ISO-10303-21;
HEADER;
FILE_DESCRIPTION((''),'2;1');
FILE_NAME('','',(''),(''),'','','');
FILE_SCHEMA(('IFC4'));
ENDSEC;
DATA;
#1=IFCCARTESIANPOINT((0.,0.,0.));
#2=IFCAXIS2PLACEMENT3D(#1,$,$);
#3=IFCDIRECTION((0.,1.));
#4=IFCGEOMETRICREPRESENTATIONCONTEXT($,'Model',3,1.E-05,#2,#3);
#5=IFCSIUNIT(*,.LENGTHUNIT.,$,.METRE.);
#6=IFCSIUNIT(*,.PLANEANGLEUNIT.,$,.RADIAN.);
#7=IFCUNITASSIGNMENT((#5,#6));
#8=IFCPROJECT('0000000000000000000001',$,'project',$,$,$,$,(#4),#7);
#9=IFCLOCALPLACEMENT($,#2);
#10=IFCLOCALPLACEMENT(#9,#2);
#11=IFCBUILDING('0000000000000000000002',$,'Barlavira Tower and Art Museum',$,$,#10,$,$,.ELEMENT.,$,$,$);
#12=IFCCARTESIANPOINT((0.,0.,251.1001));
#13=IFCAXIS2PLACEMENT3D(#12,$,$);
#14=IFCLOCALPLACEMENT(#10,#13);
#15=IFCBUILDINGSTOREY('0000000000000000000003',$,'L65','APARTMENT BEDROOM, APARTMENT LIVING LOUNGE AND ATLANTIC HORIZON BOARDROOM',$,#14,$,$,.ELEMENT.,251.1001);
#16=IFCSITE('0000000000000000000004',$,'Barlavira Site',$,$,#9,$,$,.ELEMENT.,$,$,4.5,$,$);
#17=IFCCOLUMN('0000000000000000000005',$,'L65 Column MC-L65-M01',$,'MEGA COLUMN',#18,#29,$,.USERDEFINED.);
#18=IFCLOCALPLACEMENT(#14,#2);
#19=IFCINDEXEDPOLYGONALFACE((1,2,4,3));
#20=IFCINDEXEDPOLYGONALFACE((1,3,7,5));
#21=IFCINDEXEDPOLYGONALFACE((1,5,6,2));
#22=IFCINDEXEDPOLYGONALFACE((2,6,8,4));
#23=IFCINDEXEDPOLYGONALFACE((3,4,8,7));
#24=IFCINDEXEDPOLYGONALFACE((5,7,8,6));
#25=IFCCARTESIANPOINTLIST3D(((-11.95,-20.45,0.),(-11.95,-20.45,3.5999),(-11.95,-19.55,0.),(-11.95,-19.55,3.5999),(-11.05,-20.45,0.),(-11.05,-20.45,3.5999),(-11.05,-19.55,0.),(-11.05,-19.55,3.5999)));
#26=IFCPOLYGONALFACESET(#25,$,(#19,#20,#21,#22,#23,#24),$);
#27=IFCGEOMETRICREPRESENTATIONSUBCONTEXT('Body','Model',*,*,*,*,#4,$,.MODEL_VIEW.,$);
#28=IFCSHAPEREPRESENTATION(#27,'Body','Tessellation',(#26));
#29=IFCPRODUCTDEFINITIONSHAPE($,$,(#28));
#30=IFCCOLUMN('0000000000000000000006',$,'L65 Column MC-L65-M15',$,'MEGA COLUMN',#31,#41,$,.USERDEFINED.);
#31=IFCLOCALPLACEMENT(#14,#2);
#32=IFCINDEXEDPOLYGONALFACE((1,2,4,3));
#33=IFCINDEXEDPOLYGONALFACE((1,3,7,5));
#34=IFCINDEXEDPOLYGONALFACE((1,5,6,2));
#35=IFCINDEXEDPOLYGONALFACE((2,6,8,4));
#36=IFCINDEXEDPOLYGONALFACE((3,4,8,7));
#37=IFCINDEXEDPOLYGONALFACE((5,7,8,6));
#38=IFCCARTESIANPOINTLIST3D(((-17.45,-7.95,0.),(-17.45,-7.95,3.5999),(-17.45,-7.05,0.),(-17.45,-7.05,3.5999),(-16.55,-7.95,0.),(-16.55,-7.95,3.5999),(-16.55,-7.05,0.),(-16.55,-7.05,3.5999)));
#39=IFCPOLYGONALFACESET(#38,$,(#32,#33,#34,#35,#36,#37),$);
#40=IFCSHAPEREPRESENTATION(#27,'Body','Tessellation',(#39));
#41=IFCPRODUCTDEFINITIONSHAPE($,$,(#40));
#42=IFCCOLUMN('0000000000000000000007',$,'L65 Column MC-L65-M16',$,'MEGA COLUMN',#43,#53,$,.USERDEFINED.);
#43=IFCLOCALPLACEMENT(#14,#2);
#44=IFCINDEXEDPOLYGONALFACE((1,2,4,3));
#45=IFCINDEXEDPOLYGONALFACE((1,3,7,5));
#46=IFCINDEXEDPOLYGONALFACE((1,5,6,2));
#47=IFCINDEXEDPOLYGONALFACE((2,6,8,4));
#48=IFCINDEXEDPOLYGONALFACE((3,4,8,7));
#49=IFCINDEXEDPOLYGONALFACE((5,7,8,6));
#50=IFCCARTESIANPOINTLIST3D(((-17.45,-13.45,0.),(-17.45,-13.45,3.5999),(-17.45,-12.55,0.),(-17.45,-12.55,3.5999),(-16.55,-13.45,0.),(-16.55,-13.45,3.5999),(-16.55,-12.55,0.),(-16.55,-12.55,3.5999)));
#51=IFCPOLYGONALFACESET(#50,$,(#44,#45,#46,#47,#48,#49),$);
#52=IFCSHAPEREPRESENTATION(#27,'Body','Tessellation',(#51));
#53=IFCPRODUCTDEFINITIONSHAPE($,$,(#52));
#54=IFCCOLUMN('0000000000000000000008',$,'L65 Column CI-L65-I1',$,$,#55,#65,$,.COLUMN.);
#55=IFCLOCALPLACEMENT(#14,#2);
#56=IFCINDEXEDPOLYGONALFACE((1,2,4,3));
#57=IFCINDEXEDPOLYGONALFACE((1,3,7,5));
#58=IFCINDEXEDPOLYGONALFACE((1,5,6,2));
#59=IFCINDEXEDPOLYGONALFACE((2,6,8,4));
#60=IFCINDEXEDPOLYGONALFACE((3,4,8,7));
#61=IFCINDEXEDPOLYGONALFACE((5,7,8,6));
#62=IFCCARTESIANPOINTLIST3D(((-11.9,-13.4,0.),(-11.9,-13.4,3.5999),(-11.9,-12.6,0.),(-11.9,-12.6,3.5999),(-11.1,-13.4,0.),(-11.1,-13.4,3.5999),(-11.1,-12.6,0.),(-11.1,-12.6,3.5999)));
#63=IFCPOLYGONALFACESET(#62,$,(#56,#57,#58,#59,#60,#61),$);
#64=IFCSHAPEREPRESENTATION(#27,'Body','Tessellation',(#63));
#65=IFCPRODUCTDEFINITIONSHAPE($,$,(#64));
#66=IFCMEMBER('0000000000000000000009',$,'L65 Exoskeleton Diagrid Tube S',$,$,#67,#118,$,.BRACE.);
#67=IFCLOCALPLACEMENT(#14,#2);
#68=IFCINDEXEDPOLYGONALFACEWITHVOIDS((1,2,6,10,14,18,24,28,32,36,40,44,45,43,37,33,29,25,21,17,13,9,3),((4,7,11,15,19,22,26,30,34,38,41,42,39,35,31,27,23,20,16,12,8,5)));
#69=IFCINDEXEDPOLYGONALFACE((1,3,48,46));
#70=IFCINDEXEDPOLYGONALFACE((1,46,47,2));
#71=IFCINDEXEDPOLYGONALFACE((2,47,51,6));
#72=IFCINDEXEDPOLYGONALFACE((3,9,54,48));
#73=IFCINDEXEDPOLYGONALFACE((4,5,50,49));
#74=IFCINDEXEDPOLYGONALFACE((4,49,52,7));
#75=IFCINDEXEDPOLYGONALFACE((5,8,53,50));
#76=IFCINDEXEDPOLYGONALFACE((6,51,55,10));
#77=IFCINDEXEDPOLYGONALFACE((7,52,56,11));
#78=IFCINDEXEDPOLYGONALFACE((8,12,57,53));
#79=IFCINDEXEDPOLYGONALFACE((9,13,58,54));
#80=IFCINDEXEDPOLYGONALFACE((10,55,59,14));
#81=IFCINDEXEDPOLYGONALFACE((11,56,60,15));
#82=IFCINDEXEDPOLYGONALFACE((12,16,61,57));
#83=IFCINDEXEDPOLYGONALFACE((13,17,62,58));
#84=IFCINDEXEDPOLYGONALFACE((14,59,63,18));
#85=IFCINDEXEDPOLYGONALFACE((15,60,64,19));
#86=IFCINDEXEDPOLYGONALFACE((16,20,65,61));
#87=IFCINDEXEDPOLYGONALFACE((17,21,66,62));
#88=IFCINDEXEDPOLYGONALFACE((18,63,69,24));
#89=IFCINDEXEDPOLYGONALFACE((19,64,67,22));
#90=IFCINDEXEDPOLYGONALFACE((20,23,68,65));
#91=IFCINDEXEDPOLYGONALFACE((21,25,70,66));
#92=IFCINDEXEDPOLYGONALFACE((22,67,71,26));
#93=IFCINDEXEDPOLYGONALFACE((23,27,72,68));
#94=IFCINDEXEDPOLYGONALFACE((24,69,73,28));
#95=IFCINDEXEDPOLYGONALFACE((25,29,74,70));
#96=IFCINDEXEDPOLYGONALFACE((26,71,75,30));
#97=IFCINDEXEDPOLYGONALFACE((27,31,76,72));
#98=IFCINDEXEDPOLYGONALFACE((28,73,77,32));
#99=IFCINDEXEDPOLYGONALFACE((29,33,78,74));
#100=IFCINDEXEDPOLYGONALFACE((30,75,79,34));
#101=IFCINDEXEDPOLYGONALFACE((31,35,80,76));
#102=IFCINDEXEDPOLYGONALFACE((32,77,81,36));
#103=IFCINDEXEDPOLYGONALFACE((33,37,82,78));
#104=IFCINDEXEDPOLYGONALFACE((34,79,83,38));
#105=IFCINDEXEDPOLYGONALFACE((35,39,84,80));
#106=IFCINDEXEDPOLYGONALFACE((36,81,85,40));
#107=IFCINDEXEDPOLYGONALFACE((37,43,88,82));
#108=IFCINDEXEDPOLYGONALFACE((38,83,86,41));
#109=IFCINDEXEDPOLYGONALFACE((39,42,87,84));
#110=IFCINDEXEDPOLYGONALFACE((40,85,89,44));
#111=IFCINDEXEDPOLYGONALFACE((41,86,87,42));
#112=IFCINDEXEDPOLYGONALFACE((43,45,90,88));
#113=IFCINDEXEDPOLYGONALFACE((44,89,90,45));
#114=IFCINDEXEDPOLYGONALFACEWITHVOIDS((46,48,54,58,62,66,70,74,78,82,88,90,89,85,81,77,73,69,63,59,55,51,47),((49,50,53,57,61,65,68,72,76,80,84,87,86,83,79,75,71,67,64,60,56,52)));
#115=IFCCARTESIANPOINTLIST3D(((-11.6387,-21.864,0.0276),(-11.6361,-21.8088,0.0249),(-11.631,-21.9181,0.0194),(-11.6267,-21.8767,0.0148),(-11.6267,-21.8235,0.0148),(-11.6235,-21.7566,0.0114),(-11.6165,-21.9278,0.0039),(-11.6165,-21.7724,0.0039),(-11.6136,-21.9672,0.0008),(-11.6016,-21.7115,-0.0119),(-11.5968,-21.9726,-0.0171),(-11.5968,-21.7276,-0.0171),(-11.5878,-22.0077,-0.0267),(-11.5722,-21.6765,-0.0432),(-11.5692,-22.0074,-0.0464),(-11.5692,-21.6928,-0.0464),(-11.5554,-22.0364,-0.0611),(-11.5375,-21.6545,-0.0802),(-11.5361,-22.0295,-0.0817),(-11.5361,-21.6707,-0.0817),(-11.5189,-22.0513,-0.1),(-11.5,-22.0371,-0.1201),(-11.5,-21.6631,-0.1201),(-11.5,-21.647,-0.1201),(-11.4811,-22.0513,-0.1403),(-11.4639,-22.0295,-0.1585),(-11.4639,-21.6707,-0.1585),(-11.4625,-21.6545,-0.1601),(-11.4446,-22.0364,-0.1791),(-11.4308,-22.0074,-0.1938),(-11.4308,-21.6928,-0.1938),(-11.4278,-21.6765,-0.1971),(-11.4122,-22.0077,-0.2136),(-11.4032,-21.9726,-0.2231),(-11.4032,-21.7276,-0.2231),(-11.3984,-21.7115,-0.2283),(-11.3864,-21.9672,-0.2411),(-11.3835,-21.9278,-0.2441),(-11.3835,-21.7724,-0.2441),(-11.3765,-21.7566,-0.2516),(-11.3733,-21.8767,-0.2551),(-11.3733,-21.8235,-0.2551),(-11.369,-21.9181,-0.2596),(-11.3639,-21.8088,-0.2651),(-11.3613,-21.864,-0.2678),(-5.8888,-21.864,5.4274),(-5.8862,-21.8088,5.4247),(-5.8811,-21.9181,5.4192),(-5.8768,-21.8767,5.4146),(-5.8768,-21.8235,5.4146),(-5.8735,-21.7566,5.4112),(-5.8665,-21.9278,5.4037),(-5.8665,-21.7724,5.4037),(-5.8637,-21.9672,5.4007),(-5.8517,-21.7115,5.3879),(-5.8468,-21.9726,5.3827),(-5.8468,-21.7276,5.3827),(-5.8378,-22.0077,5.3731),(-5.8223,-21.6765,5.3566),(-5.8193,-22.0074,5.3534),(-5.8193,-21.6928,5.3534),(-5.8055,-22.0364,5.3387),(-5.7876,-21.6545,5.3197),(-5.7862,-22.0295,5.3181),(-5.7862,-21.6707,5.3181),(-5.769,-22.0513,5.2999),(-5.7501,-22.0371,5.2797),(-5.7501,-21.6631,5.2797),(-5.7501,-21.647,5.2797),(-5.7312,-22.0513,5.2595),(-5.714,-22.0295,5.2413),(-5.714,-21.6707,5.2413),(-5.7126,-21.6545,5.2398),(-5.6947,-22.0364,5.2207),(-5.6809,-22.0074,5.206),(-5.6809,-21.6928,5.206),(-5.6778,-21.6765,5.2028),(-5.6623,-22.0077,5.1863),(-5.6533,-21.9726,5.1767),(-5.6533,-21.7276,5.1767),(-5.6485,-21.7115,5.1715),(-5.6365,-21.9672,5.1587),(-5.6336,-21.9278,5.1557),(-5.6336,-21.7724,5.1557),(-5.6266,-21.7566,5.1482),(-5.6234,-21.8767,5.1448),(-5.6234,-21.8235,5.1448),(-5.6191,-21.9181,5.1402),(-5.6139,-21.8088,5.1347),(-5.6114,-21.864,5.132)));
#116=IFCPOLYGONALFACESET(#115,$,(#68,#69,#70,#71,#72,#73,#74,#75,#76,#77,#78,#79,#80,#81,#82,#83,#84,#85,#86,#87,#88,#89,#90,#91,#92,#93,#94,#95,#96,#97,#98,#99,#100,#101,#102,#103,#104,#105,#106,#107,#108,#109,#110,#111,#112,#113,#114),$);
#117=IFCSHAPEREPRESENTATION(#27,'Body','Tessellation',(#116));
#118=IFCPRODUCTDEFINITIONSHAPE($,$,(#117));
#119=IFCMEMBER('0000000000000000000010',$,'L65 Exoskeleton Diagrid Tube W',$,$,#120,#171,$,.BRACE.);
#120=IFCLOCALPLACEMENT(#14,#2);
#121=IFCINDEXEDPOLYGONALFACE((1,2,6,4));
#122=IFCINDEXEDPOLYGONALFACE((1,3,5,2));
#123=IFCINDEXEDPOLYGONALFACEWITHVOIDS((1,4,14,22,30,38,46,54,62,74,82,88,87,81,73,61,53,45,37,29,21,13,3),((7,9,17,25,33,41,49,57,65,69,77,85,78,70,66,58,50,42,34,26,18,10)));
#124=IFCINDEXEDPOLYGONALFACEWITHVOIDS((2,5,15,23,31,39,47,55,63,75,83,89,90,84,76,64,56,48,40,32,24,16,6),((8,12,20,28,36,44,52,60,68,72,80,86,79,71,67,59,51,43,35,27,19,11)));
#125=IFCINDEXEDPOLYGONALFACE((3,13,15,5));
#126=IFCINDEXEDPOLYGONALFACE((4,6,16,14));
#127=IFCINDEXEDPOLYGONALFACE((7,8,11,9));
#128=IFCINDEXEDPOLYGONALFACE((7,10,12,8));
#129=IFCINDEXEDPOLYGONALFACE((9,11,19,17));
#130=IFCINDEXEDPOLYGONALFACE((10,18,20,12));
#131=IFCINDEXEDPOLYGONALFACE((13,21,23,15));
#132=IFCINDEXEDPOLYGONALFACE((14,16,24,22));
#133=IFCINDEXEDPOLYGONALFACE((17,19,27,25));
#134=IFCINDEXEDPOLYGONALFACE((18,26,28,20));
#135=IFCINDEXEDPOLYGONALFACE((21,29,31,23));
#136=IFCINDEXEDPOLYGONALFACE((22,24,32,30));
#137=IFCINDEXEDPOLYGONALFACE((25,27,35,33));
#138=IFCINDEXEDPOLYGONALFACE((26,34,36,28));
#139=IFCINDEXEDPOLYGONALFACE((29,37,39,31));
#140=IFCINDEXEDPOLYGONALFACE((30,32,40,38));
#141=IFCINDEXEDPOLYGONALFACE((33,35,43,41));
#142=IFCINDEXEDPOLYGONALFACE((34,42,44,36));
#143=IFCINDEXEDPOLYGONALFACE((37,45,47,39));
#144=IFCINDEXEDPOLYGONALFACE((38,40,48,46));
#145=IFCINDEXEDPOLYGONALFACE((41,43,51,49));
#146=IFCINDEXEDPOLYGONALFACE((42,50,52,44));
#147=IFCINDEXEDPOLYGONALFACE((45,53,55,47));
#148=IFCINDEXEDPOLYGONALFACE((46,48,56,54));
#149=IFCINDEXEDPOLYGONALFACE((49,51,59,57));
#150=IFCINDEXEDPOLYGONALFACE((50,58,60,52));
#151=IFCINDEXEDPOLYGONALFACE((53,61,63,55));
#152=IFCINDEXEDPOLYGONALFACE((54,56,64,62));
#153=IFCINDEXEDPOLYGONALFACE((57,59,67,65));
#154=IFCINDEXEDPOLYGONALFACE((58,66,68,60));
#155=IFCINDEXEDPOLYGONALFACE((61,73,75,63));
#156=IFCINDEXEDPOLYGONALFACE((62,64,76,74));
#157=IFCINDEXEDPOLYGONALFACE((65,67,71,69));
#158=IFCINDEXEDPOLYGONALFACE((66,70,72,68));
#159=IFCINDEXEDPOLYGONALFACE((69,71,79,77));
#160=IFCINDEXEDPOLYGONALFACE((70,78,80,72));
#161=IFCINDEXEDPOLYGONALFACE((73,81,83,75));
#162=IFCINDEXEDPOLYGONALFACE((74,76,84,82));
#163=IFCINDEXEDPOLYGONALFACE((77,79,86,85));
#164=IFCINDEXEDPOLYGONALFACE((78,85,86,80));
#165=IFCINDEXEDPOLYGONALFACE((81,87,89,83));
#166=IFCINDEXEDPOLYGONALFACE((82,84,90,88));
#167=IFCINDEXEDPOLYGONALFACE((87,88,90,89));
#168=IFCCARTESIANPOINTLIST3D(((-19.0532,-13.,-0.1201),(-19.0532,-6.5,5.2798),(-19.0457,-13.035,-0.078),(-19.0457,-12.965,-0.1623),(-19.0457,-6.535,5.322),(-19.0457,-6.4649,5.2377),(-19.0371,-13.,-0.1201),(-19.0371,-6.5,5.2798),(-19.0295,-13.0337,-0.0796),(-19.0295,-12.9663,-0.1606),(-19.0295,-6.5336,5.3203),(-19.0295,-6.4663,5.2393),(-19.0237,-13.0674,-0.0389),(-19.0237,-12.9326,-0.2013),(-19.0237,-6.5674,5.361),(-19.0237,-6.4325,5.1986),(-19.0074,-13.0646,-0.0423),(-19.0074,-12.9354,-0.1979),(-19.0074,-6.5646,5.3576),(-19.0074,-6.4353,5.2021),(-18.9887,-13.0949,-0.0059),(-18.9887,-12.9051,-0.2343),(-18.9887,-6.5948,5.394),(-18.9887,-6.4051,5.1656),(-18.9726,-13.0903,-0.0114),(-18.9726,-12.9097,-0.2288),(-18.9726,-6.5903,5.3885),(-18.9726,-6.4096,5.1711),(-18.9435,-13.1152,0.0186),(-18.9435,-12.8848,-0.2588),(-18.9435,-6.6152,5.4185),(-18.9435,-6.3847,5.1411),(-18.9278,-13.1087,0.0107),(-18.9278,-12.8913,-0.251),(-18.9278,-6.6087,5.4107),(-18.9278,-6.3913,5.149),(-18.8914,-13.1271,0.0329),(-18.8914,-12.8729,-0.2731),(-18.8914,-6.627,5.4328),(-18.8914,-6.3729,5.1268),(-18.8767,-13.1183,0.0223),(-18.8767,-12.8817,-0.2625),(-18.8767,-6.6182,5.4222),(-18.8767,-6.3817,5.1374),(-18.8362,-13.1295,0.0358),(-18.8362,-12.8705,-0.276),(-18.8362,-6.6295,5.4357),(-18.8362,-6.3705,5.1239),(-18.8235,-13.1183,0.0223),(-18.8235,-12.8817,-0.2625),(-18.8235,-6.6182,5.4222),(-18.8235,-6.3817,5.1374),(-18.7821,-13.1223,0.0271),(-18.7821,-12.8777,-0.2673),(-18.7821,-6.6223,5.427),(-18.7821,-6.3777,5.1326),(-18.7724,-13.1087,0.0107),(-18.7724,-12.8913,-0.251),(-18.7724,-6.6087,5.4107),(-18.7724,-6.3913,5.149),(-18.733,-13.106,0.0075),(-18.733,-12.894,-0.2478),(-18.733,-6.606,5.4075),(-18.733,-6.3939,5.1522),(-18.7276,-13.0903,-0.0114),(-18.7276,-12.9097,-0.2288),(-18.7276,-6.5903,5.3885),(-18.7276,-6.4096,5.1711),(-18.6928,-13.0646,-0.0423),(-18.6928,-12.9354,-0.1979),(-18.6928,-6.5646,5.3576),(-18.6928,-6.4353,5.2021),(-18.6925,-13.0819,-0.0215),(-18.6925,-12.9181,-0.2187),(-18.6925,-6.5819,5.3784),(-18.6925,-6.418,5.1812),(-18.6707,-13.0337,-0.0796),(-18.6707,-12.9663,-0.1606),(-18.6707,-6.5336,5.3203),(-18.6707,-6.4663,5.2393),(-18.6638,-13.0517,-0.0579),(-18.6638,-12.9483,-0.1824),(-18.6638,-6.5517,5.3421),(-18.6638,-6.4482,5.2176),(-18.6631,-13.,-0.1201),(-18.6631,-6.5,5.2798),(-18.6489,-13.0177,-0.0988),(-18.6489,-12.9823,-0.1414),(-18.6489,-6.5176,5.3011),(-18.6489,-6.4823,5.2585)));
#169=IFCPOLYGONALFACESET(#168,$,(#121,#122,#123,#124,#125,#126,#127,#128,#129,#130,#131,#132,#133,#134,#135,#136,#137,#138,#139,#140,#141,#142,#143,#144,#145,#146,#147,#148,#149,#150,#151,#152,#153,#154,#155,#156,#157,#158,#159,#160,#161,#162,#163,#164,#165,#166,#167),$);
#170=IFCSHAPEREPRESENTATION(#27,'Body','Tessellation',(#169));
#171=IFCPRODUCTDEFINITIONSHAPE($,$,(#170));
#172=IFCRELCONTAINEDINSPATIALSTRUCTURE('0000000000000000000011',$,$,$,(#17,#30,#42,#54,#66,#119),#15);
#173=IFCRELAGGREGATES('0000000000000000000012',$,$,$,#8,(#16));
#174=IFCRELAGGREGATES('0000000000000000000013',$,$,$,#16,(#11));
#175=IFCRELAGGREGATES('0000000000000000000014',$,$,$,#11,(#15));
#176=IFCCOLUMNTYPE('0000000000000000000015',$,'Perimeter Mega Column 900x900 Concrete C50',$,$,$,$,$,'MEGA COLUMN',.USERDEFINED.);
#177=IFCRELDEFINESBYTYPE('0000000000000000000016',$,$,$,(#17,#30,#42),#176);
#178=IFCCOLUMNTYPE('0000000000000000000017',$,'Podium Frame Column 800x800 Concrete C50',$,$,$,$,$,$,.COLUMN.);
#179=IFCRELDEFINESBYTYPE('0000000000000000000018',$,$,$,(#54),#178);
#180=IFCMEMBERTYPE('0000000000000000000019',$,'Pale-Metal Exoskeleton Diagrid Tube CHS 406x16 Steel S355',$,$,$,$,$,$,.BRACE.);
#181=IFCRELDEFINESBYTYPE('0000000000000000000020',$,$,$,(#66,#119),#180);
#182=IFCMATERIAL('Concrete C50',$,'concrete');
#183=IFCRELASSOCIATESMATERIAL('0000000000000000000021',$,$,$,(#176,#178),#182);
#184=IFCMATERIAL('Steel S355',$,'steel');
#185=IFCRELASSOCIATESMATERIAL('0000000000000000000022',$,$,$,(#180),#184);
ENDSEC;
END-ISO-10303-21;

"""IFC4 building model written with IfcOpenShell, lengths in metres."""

from ifc_helpers import new_model, si_unit, direction, frame, origin, origin_2d, place, context, subcontext, project, spatial, rectangle, hollow_circle, extrude, material, material_profile, profile_set, type_object, element, save


model = new_model("IFC4")

# Units and contexts
model_context = context("Model", 3, precision=1e-05, world=origin(), true_north=direction((0.0, 1.0)))
body_context = subcontext(model_context, "Body", "Model", "MODEL_VIEW")
ifc_project = project(units=[si_unit("LENGTHUNIT", "METRE"), si_unit("PLANEANGLEUNIT", "RADIAN")], contexts=[model_context])

# Site, building, storey
site_placement = place(None, origin())
site = spatial("IfcSite", under=ifc_project, at=site_placement, Name="Barlavira Site", CompositionType="ELEMENT", RefElevation=4.5)
building_placement = place(site_placement, origin())
building = spatial("IfcBuilding", under=site, at=building_placement, Name="Barlavira Tower and Art Museum", CompositionType="ELEMENT")
storey_placement = place(building_placement, frame((0.0, 0.0, 251.1001)))
storey = spatial("IfcBuildingStorey", under=building, at=storey_placement, Name="L65", Description="APARTMENT BEDROOM, APARTMENT LIVING LOUNGE AND ATLANTIC HORIZON BOARDROOM", CompositionType="ELEMENT", Elevation=251.1001)

# Columns
ifc_material_1 = material(Name="Concrete C50", Category="concrete")
ifc_material_profile_1 = material_profile(ifc_material_1, rectangle(XDim=0.8999, YDim=0.8999, at=origin_2d()), Name="RC-COL 900x900")
ifc_profile_set_1 = profile_set([ifc_material_profile_1], Name="Concrete C50")
column_type_1 = type_object("IfcColumnType", Name="Perimeter Mega Column 900x900 Concrete C50", ElementType="MEGA COLUMN", PredefinedType="USERDEFINED", material=ifc_profile_set_1)
for number, where, z_axis, x_axis, name in (
    (1, (-11.5, -20.0, 0.0), (0.0, 0.0, 1.0), (1.0, 0.0, 0.0), "L65 Column MC-L65-M01"),
    (2, (-17.0, -7.5, 0.0), (0.0, 0.0, 1.0), (1.0, 0.0, 0.0), "L65 Column MC-L65-M15"),
    (3, (-17.0, -13.0, 0.0), (0.0, 0.0, 1.0), (1.0, 0.0, 0.0), "L65 Column MC-L65-M16"),
):
    element("IfcColumn", number, at=place(storey_placement, frame(where, z_axis=z_axis, x_axis=x_axis)), inside=storey, type_object=column_type_1, Name=name, ObjectType="MEGA COLUMN", PredefinedType="USERDEFINED", context=body_context, shape_type="SweptSolid", body=[
        extrude(rectangle(XDim=0.8999, YDim=0.8999, at=origin_2d()), origin(), (0.0, 0.0, 1.0), 3.5999),
    ])
ifc_material_profile_2 = material_profile(ifc_material_1, rectangle(XDim=0.8, YDim=0.8, at=origin_2d()), Name="RC-COL 800x800")
ifc_profile_set_2 = profile_set([ifc_material_profile_2], Name="Concrete C50")
column_type_2 = type_object("IfcColumnType", Name="Podium Frame Column 800x800 Concrete C50", PredefinedType="COLUMN", material=ifc_profile_set_2)
column_placement = place(storey_placement, frame((-11.5, -13.0, 0.0), z_axis=(0.0, 0.0, 1.0), x_axis=(1.0, 0.0, 0.0)))
element("IfcColumn", 4, at=column_placement, inside=storey, type_object=column_type_2, Name="L65 Column CI-L65-I1", PredefinedType="COLUMN", context=body_context, shape_type="SweptSolid", body=[
    extrude(rectangle(XDim=0.8, YDim=0.8, at=origin_2d()), origin(), (0.0, 0.0, 1.0), 3.5999),
])

# Members
ifc_material_2 = material(Name="Steel S355", Category="steel")
ifc_material_profile_3 = material_profile(ifc_material_2, hollow_circle(Radius=0.2031, WallThickness=0.0161, at=origin_2d()), Name="CHS 406.4x16.0")
ifc_profile_set_3 = profile_set([ifc_material_profile_3], Name="Steel S355")
member_type_1 = type_object("IfcMemberType", Name="Pale-Metal Exoskeleton Diagrid Tube CHS 406x16 Steel S355", PredefinedType="BRACE", material=ifc_profile_set_3)
member_1_placement = place(storey_placement, frame((-11.5, -21.8501, -0.1201), z_axis=(0.72895, 0.0, 0.684567), x_axis=(0.0, 1.0, 0.0)))
element("IfcMember", 5, at=member_1_placement, inside=storey, type_object=member_type_1, Name="L65 Exoskeleton Diagrid Tube S", PredefinedType="BRACE", context=body_context, shape_type="SweptSolid", body=[
    extrude(hollow_circle(Radius=0.2031, WallThickness=0.0161, at=origin_2d()), origin(), (0.0, 0.0, 1.0), 7.8879),
])
member_2_placement = place(storey_placement, frame((-18.8501, -13.0, -0.1201), z_axis=(0.0, 0.769196, 0.639013), x_axis=(-1.0, 0.0, 0.0)))
element("IfcMember", 6, at=member_2_placement, inside=storey, type_object=member_type_1, Name="L65 Exoskeleton Diagrid Tube W", PredefinedType="BRACE", context=body_context, shape_type="SweptSolid", body=[
    extrude(hollow_circle(Radius=0.2031, WallThickness=0.0161, at=origin_2d()), origin(), (0.0, 0.0, 1.0), 8.4504),
])

save(model, "model.ifc")
